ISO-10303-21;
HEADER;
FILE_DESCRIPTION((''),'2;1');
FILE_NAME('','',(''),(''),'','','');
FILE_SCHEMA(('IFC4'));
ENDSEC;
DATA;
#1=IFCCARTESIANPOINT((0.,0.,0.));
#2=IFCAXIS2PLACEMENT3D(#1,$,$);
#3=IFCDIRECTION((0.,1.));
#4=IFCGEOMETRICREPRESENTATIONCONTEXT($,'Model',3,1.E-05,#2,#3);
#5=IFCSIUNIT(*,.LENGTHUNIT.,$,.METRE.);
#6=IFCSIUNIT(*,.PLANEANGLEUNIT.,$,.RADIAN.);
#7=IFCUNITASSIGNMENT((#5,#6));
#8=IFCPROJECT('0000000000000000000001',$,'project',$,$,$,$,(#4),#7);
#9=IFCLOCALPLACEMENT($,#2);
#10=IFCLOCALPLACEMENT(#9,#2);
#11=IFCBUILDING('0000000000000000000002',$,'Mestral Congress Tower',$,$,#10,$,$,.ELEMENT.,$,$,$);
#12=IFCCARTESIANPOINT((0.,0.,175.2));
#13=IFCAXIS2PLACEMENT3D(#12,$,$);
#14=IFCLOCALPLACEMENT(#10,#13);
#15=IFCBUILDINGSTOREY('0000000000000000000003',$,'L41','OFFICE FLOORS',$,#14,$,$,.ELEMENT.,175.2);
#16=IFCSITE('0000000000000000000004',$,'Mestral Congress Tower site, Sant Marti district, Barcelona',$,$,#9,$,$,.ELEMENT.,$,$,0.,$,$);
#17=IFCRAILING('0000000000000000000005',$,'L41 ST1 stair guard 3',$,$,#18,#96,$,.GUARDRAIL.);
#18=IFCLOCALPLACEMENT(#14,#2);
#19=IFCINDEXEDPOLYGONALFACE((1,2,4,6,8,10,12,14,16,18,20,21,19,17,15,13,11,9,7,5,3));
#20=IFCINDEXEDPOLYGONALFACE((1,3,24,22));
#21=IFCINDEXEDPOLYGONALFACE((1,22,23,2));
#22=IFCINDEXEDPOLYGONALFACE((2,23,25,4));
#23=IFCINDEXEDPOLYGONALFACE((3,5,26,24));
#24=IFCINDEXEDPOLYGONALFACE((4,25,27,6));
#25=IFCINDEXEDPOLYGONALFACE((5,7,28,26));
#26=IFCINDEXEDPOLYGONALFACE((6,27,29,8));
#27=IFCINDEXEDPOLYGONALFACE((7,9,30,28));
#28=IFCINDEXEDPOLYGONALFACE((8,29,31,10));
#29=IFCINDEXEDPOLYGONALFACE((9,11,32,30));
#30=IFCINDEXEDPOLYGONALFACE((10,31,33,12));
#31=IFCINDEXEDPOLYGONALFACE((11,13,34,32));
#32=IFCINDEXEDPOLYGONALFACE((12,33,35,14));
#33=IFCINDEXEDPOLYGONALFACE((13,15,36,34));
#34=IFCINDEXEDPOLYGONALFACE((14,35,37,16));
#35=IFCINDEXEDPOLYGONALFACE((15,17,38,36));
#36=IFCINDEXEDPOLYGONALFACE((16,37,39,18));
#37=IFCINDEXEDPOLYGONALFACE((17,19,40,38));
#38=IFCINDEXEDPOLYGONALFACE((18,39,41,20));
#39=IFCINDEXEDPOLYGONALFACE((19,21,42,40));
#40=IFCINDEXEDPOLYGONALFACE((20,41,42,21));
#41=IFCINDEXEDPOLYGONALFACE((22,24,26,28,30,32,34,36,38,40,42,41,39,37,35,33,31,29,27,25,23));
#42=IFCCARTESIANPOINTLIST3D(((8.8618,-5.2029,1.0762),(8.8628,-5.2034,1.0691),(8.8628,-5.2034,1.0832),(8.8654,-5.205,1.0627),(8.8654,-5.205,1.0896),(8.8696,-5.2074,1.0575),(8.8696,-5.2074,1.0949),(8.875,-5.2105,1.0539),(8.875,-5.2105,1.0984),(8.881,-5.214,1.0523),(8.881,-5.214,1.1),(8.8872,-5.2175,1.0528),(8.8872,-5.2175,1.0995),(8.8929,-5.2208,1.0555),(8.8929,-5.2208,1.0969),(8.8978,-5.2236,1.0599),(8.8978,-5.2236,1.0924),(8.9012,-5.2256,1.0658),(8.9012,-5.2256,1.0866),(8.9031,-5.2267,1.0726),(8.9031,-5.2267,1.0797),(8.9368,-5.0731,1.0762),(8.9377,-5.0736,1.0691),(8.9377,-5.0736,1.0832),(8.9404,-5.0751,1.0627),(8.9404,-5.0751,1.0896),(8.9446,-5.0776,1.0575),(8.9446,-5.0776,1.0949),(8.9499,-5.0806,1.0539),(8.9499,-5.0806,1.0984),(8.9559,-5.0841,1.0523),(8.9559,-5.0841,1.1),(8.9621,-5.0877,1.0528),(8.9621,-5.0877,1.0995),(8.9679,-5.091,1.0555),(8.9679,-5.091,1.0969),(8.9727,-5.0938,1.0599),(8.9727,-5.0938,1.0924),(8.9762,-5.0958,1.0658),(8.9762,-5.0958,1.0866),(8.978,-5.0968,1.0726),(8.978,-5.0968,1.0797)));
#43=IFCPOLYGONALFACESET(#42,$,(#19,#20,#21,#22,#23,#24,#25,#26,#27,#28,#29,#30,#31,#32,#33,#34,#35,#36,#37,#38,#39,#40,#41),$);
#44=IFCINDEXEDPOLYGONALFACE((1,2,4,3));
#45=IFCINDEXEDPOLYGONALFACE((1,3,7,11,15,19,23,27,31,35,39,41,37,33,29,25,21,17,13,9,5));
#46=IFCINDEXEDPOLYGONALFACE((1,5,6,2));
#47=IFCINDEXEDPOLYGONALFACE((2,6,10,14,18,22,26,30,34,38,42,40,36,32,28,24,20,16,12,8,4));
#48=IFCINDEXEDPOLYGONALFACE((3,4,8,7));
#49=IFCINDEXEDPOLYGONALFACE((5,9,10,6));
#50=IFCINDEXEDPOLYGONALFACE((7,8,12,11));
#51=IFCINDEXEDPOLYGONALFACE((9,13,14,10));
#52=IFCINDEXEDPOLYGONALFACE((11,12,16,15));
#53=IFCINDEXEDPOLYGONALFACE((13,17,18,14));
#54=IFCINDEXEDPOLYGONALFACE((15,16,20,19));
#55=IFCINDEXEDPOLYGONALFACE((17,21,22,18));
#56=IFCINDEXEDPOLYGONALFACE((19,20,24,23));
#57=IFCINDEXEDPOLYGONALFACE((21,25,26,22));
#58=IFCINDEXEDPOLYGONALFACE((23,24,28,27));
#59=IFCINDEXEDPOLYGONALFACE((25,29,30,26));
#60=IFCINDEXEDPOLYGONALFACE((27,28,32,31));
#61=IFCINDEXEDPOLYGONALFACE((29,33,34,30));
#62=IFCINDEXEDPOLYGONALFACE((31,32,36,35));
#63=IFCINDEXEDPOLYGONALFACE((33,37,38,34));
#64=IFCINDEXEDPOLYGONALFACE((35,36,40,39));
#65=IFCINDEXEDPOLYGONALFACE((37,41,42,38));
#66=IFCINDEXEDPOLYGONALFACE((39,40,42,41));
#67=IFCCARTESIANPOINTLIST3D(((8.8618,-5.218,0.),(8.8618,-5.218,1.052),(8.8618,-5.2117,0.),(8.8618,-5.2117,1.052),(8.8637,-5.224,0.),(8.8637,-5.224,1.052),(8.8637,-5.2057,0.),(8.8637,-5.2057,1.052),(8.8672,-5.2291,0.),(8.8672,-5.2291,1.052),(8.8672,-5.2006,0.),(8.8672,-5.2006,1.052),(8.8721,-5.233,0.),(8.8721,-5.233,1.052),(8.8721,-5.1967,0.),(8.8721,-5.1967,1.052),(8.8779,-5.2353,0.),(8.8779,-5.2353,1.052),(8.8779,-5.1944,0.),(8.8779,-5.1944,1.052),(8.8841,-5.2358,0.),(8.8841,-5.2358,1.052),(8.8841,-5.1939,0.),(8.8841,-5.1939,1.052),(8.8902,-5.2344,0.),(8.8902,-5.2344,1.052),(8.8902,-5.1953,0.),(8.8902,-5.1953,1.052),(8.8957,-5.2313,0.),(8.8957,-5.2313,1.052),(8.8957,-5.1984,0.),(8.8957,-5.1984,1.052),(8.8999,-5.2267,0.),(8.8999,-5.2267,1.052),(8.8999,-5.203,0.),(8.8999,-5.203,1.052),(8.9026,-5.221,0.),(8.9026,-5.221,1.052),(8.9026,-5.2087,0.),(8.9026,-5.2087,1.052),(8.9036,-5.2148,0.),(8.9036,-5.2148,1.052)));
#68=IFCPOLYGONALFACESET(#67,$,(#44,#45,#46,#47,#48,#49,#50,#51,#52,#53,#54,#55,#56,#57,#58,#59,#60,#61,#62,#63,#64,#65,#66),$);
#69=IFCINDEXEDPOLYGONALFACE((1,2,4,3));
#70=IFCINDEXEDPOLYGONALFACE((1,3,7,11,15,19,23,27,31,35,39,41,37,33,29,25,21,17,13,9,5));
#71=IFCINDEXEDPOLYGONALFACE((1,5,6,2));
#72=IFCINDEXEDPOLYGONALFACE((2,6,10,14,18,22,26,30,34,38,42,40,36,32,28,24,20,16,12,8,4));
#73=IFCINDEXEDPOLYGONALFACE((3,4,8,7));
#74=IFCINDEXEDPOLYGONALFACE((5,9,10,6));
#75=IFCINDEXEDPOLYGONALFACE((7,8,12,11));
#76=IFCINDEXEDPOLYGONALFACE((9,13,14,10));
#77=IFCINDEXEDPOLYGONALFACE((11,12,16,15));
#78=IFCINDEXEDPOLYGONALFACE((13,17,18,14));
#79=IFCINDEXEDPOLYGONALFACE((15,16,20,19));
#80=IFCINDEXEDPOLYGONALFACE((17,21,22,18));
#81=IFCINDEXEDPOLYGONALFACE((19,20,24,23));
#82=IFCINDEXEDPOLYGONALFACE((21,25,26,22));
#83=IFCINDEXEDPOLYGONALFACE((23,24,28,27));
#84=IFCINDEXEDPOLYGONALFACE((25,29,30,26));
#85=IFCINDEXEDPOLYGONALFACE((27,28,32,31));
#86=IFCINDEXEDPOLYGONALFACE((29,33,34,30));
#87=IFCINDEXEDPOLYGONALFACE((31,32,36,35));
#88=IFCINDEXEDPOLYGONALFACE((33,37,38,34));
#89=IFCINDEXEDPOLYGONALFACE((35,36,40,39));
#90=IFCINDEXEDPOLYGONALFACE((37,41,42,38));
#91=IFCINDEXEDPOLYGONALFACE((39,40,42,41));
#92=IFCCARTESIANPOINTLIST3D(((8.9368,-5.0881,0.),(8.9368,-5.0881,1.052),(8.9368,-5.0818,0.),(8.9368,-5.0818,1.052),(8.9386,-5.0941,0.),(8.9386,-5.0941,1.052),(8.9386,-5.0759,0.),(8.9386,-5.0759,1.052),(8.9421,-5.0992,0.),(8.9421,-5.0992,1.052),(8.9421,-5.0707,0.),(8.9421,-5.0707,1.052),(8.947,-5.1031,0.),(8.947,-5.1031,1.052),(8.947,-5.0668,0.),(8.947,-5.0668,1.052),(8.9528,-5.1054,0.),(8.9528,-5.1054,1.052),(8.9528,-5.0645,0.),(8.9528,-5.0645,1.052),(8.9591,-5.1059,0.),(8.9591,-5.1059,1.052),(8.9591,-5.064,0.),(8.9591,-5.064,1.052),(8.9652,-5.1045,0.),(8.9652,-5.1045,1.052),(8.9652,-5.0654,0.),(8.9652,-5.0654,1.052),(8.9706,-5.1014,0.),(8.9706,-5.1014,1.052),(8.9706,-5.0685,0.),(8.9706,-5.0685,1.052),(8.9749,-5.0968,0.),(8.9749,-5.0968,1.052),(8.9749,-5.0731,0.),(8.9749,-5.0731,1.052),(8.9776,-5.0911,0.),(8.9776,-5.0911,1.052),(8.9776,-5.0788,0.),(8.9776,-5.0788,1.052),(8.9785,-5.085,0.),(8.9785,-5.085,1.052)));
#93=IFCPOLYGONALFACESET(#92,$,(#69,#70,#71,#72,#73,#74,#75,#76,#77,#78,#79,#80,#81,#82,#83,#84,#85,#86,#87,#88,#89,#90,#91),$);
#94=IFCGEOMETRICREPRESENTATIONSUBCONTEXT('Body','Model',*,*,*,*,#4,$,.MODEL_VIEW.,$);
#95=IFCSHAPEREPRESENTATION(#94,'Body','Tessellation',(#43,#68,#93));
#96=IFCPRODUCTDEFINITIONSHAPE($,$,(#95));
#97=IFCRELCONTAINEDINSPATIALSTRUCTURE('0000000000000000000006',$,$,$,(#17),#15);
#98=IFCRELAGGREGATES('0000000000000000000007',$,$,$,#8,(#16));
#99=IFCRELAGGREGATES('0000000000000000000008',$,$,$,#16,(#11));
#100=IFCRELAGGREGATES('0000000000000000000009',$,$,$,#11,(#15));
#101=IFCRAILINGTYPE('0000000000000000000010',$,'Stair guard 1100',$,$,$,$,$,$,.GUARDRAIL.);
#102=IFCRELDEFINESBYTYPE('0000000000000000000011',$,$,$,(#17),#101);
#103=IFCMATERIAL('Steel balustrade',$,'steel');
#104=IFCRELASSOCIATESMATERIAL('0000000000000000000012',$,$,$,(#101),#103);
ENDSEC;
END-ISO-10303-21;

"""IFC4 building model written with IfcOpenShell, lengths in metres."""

from ifc_helpers import new_model, si_unit, direction, frame, origin, origin_2d, place, context, subcontext, project, spatial, circle, extrude, material, type_object, element, save


model = new_model("IFC4")

# Units and contexts
model_context = context("Model", 3, precision=1e-05, world=origin(), true_north=direction((0.0, 1.0)))
body_context = subcontext(model_context, "Body", "Model", "MODEL_VIEW")
ifc_project = project(units=[si_unit("LENGTHUNIT", "METRE"), si_unit("PLANEANGLEUNIT", "RADIAN")], contexts=[model_context])

# Site, building, storey
site_placement = place(None, origin())
site = spatial("IfcSite", under=ifc_project, at=site_placement, Name="Mestral Congress Tower site, Sant Marti district, Barcelona", CompositionType="ELEMENT", RefElevation=0.0)
building_placement = place(site_placement, origin())
building = spatial("IfcBuilding", under=site, at=building_placement, Name="Mestral Congress Tower", CompositionType="ELEMENT")
storey_placement = place(building_placement, frame((0.0, 0.0, 175.2)))
storey = spatial("IfcBuildingStorey", under=building, at=storey_placement, Name="L41", Description="OFFICE FLOORS", CompositionType="ELEMENT", Elevation=175.2)

# Railing
ifc_material_1 = material(Name="Steel balustrade", Category="steel")
railing_type_1 = type_object("IfcRailingType", Name="Stair guard 1100", PredefinedType="GUARDRAIL", material=ifc_material_1)
railing_1_placement = place(storey_placement, frame((8.8826, -5.2148, 0.0)))
element("IfcRailing", 1, at=railing_1_placement, inside=storey, type_object=railing_type_1, Name="L41 ST1 stair guard 3", PredefinedType="GUARDRAIL", context=body_context, shape_type="SweptSolid", body=[
    extrude(circle(Radius=0.0239, at=origin_2d()), frame((0.0, 0.0, 1.0762), z_axis=(0.499816, 0.866131, 0.0), x_axis=(-0.866131, 0.499816, 0.0)), (0.0, 0.0, 1.0), 0.1499),
    extrude(circle(Radius=0.021, at=origin_2d()), origin(), (0.0, 0.0, 1.0), 1.052),
    extrude(circle(Radius=0.021, at=origin_2d()), frame((0.075, 0.1299, 0.0)), (0.0, 0.0, 1.0), 1.052),
])

save(model, "model.ifc")
